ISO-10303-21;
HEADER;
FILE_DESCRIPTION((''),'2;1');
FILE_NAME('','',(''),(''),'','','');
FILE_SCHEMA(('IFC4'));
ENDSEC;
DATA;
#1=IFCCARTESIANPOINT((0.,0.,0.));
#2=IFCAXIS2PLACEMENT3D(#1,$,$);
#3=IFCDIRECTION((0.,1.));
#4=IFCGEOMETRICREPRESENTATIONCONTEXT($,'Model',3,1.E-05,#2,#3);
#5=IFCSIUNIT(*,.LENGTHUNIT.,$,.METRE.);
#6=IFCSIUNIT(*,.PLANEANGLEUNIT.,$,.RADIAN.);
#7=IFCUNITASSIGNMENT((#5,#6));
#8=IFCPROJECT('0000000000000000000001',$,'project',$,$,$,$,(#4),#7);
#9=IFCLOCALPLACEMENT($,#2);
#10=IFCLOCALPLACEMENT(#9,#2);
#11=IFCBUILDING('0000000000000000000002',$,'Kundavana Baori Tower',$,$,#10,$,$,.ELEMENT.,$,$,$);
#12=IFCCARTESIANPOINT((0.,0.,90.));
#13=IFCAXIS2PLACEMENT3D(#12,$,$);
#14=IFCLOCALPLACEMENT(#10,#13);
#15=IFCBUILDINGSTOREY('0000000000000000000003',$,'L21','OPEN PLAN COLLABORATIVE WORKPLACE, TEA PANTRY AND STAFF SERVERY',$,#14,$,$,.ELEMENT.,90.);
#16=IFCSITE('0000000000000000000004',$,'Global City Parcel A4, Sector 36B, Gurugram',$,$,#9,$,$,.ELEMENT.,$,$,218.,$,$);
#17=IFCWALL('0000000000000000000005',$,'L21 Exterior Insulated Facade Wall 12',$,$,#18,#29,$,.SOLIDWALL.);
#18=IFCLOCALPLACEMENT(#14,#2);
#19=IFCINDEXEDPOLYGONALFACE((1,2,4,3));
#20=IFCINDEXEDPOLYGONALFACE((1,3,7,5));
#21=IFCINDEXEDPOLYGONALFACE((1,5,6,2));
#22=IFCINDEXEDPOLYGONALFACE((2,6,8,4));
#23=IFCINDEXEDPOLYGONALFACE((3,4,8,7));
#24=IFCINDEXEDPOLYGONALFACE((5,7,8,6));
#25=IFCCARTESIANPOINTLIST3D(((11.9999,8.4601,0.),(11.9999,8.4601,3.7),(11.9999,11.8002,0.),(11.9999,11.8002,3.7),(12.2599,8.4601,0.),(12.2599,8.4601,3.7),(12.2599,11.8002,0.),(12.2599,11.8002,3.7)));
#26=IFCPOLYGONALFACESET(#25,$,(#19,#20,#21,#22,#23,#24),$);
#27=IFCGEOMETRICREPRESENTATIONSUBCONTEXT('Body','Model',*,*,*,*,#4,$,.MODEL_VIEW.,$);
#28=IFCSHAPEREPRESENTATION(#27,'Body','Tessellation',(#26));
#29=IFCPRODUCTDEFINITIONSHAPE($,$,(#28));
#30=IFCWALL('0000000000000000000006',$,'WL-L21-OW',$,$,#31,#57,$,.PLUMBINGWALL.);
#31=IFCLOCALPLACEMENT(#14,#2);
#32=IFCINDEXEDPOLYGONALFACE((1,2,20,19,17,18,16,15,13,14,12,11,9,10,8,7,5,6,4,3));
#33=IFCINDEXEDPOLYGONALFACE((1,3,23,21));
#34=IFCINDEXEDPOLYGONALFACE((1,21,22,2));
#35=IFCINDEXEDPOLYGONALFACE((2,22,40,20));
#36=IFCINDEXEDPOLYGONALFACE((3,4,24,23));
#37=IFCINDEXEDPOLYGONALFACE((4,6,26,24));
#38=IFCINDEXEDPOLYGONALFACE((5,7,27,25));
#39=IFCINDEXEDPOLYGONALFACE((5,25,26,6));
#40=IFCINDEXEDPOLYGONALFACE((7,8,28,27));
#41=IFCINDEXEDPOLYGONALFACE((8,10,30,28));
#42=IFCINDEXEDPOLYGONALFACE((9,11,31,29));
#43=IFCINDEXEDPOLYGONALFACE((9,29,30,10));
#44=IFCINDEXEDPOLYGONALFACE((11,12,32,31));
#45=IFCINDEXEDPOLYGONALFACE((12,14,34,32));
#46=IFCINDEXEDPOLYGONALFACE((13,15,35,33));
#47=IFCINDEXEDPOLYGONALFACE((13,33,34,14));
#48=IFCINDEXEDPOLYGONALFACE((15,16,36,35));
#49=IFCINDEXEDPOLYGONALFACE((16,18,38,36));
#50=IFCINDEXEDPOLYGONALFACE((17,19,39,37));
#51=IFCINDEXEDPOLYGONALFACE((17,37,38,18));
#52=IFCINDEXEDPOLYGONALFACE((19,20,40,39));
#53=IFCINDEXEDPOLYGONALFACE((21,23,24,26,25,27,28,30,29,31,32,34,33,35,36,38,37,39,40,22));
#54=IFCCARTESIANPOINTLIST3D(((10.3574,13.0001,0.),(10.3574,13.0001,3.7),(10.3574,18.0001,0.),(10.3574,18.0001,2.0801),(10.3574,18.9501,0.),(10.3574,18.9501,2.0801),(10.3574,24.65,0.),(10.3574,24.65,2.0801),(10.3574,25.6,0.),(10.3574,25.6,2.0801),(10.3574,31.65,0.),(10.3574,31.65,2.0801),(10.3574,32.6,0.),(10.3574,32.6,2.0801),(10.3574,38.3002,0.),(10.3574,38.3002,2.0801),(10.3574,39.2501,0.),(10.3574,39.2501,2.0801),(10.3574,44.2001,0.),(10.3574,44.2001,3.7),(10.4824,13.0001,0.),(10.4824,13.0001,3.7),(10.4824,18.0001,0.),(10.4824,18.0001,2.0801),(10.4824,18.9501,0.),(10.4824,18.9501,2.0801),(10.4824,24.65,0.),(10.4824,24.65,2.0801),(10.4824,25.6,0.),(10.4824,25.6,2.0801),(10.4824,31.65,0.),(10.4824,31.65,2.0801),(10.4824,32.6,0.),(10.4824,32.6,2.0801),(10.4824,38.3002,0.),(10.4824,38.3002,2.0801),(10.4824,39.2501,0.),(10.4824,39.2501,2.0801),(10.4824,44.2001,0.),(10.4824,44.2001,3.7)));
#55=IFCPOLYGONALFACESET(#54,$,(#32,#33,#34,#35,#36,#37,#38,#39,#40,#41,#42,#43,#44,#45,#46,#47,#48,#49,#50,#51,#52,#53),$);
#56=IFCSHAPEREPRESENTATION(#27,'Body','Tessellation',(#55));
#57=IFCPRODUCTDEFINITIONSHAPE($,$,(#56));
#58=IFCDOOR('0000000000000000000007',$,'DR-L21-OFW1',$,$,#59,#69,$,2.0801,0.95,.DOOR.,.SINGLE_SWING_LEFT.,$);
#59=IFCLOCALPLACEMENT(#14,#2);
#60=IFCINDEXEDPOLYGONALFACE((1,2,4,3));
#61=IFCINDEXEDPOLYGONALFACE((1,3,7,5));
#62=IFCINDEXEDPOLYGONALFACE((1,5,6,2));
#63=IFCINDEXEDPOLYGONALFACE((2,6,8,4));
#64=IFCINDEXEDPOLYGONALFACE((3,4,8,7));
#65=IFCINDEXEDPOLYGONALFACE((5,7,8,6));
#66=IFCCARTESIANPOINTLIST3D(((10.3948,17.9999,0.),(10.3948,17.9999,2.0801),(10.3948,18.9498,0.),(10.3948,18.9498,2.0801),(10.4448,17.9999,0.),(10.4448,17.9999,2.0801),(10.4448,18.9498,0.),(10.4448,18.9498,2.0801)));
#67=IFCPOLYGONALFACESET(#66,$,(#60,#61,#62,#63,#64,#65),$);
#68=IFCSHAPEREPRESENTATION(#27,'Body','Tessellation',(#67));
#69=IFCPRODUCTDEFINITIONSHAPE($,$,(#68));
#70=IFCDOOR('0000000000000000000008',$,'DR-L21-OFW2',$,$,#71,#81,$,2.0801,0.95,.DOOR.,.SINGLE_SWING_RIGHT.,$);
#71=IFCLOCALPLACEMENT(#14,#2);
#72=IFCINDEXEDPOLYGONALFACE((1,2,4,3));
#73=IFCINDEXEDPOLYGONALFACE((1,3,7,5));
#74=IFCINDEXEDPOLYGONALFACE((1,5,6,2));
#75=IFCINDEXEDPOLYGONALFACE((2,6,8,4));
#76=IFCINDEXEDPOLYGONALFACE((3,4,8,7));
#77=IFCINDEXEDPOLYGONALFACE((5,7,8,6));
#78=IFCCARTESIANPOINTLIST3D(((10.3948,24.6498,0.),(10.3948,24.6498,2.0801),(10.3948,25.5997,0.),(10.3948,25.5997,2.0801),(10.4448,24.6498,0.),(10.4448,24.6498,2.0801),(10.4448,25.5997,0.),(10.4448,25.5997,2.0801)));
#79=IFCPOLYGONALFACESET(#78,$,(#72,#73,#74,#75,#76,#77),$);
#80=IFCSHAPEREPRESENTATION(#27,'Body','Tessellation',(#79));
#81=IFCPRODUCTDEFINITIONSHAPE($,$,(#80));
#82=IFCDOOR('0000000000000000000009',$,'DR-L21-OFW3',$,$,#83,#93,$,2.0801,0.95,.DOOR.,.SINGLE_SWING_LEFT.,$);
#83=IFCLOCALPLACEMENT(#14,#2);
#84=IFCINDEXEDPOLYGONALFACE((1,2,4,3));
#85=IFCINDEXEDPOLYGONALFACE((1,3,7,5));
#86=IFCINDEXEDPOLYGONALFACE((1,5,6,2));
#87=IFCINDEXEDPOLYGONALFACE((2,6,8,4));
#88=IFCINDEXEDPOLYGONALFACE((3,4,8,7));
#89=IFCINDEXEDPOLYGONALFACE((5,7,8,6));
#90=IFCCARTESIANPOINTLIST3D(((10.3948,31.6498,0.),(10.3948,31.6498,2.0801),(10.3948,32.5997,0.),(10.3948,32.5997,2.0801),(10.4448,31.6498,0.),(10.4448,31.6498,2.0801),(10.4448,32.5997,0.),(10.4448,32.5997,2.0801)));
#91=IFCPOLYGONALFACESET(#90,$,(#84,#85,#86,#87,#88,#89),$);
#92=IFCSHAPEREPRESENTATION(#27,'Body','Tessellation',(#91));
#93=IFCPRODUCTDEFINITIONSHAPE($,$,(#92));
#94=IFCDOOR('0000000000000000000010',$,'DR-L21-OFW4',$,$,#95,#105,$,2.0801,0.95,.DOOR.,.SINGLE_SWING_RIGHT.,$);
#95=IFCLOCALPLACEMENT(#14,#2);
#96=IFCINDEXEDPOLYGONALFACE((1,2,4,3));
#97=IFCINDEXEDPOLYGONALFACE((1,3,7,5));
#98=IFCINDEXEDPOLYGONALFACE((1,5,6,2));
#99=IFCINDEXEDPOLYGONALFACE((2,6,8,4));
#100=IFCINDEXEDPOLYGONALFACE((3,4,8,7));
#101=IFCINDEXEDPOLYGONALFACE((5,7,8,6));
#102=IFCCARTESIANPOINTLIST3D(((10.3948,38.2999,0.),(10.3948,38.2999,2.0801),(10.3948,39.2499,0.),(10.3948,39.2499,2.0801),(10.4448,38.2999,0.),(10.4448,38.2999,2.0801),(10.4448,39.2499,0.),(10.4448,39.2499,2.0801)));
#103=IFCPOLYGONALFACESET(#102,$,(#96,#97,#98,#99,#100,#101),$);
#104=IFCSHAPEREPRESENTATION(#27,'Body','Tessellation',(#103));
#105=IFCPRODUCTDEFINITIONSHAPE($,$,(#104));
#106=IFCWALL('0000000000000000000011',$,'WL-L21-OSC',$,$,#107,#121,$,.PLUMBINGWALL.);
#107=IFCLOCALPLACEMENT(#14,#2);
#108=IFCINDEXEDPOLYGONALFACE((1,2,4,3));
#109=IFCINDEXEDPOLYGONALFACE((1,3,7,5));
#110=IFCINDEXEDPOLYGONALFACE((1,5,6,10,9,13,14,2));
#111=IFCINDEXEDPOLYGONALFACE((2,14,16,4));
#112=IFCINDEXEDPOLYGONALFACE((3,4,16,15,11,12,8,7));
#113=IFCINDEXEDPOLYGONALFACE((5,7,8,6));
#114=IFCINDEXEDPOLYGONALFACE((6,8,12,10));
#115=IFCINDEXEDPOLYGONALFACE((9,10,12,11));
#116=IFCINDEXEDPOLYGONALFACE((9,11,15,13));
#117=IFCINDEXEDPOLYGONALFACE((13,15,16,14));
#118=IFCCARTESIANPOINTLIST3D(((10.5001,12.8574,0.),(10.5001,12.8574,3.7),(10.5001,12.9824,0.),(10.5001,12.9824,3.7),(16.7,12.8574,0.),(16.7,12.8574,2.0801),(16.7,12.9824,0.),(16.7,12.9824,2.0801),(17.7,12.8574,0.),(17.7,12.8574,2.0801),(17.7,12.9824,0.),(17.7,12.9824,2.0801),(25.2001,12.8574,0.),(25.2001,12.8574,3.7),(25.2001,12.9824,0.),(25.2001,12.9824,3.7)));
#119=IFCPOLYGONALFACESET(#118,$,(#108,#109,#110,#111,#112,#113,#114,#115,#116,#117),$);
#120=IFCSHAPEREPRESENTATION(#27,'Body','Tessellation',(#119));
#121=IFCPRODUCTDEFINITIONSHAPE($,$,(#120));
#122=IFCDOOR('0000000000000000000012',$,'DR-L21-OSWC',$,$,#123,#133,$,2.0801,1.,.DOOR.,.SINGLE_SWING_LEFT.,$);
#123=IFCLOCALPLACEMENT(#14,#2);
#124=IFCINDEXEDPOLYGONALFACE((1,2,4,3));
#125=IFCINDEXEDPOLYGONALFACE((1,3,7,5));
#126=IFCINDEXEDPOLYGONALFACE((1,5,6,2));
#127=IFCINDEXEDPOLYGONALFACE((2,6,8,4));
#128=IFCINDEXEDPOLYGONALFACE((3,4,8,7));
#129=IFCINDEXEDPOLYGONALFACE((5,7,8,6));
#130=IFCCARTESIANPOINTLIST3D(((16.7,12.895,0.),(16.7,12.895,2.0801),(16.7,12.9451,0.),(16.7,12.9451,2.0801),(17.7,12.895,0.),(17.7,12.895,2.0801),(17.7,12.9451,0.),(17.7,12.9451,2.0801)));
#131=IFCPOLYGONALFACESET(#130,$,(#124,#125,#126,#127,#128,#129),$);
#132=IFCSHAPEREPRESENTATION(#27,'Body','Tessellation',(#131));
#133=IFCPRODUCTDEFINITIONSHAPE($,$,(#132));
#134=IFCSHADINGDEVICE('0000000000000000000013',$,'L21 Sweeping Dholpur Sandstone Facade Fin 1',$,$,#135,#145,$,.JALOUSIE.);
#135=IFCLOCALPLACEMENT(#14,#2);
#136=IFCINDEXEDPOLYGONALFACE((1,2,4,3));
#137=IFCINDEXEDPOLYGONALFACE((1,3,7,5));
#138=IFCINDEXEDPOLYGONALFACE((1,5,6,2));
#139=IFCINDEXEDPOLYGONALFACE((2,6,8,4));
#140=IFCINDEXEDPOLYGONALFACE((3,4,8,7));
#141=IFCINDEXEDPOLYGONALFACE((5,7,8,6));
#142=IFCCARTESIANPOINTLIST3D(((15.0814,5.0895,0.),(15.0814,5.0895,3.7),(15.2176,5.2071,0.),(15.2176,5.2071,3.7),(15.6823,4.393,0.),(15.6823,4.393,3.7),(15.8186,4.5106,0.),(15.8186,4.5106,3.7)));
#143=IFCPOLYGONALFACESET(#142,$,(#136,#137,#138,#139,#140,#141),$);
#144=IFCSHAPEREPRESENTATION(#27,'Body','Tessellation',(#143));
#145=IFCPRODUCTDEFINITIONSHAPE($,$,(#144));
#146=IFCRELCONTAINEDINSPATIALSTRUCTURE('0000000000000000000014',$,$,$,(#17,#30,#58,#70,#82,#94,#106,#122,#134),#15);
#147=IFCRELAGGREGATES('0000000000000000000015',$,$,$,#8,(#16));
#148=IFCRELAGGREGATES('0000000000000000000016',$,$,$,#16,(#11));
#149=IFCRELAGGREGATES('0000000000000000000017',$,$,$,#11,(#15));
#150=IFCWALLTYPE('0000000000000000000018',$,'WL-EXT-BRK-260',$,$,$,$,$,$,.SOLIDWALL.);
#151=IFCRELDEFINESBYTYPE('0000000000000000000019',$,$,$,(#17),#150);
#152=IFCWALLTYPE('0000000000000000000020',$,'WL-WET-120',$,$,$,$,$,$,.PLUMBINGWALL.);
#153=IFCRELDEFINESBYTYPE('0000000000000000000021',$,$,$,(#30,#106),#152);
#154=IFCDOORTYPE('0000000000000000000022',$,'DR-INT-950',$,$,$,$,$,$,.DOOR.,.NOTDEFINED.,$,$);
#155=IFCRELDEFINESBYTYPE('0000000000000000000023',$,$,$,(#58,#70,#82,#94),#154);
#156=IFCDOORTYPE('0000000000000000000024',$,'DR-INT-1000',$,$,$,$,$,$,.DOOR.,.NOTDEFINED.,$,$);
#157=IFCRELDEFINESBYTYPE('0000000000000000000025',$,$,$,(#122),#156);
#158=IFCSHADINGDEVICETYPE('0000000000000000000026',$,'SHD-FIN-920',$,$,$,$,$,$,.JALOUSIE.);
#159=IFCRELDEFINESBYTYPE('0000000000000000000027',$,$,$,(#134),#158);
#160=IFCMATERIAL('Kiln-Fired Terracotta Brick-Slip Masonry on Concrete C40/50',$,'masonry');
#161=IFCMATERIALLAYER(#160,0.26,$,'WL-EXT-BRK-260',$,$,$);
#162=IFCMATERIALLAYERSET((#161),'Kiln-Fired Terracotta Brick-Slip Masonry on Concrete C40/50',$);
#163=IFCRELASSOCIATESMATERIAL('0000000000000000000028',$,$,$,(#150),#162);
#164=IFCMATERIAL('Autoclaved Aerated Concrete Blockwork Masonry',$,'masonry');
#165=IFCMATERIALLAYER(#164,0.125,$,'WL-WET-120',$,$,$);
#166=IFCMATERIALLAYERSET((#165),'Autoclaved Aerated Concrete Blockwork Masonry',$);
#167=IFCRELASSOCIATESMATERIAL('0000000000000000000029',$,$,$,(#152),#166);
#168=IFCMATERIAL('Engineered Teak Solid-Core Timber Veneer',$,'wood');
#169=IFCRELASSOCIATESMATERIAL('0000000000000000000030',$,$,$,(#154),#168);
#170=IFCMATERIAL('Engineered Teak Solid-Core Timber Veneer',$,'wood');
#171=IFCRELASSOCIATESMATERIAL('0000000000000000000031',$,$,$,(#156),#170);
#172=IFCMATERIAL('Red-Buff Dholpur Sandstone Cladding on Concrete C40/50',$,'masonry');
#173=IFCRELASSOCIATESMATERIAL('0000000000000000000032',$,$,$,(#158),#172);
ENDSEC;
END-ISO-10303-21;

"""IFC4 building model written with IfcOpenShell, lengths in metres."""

from ifc_helpers import new_model, si_unit, direction, frame, frame_2d, origin, origin_2d, place, context, subcontext, project, spatial, rectangle, extrude, material, layer, layer_set, type_object, element, fill, save


model = new_model("IFC4")

# Units and contexts
model_context = context("Model", 3, precision=1e-05, world=origin(), true_north=direction((0.0, 1.0)))
body_context = subcontext(model_context, "Body", "Model", "MODEL_VIEW")
ifc_project = project(units=[si_unit("LENGTHUNIT", "METRE"), si_unit("PLANEANGLEUNIT", "RADIAN")], contexts=[model_context])

# Site, building, storey
site_placement = place(None, origin())
site = spatial("IfcSite", under=ifc_project, at=site_placement, Name="Global City Parcel A4, Sector 36B, Gurugram", CompositionType="ELEMENT", RefElevation=218.0)
building_placement = place(site_placement, origin())
building = spatial("IfcBuilding", under=site, at=building_placement, Name="Kundavana Baori Tower", CompositionType="ELEMENT")
storey_placement = place(building_placement, frame((0.0, 0.0, 90.0)))
storey = spatial("IfcBuildingStorey", under=building, at=storey_placement, Name="L21", Description="OPEN PLAN COLLABORATIVE WORKPLACE, TEA PANTRY AND STAFF SERVERY", CompositionType="ELEMENT", Elevation=90.0)

# Shared definitions
ifc_material_1 = material(Name="Kiln-Fired Terracotta Brick-Slip Masonry on Concrete C40/50", Category="masonry")
ifc_layer_1 = layer(ifc_material_1, 0.26, Name="WL-EXT-BRK-260")
ifc_layer_set_1 = layer_set([ifc_layer_1], Name="Kiln-Fired Terracotta Brick-Slip Masonry on Concrete C40/50")
wall_type_1 = type_object("IfcWallType", Name="WL-EXT-BRK-260", PredefinedType="SOLIDWALL", material=ifc_layer_set_1)

# Wall
wall_1_placement = place(storey_placement, frame((12.1299, 11.8, 0.0), z_axis=(0.0, 0.0, 1.0), x_axis=(0.0, -1.0, 0.0)))
element("IfcWall", 1, at=wall_1_placement, inside=storey, type_object=wall_type_1, Name="L21 Exterior Insulated Facade Wall 12", PredefinedType="SOLIDWALL", context=body_context, shape_type="SweptSolid", body=[
    extrude(rectangle(XDim=3.3401, YDim=0.26, at=frame_2d((1.6699, 0.0))), origin(), (0.0, 0.0, 1.0), 3.7),
])

# Wall, openings, doors
ifc_material_2 = material(Name="Autoclaved Aerated Concrete Blockwork Masonry", Category="masonry")
ifc_layer_2 = layer(ifc_material_2, 0.125, Name="WL-WET-120")
ifc_layer_set_2 = layer_set([ifc_layer_2], Name="Autoclaved Aerated Concrete Blockwork Masonry")
wall_type_2 = type_object("IfcWallType", Name="WL-WET-120", PredefinedType="PLUMBINGWALL", material=ifc_layer_set_2)
wall_2_placement = place(storey_placement, frame((10.4199, 13.0, 0.0), z_axis=(0.0, 0.0, 1.0), x_axis=(0.0, 1.0, 0.0)))
wall_2 = element("IfcWall", 2, at=wall_2_placement, inside=storey, type_object=wall_type_2, Name="WL-L21-OW", PredefinedType="PLUMBINGWALL", context=body_context, shape_type="SweptSolid", body=[
    extrude(rectangle(XDim=31.2, YDim=0.125, at=frame_2d((15.6001, 0.0))), origin(), (0.0, 0.0, 1.0), 3.7),
])
opening_1_placement = place(wall_2_placement, frame((5.0, 0.0, 0.0)))
opening_1 = element("IfcOpeningElement", 3, at=opening_1_placement, cuts=wall_2, PredefinedType="OPENING", context=body_context, shape_type="SweptSolid", body=[
    extrude(rectangle(XDim=0.95, YDim=2.0801, at=frame_2d((0.4751, 1.04))), frame((0.0, 0.0725, 0.0), z_axis=(0.0, -1.0, 0.0), x_axis=(1.0, 0.0, 0.0)), (0.0, 0.0, 1.0), 0.145),
])
opening_2_placement = place(wall_2_placement, frame((11.6499, 0.0, 0.0)))
opening_2 = element("IfcOpeningElement", 4, at=opening_2_placement, cuts=wall_2, PredefinedType="OPENING", context=body_context, shape_type="SweptSolid", body=[
    extrude(rectangle(XDim=0.95, YDim=2.0801, at=frame_2d((0.4751, 1.04))), frame((0.0, 0.0725, 0.0), z_axis=(0.0, -1.0, 0.0), x_axis=(1.0, 0.0, 0.0)), (0.0, 0.0, 1.0), 0.145),
])
opening_3_placement = place(wall_2_placement, frame((18.6499, 0.0, 0.0)))
opening_3 = element("IfcOpeningElement", 5, at=opening_3_placement, cuts=wall_2, PredefinedType="OPENING", context=body_context, shape_type="SweptSolid", body=[
    extrude(rectangle(XDim=0.95, YDim=2.0801, at=frame_2d((0.4751, 1.04))), frame((0.0, 0.0725, 0.0), z_axis=(0.0, -1.0, 0.0), x_axis=(1.0, 0.0, 0.0)), (0.0, 0.0, 1.0), 0.145),
])
opening_4_placement = place(wall_2_placement, frame((25.3, 0.0, 0.0)))
opening_4 = element("IfcOpeningElement", 6, at=opening_4_placement, cuts=wall_2, PredefinedType="OPENING", context=body_context, shape_type="SweptSolid", body=[
    extrude(rectangle(XDim=0.95, YDim=2.0801, at=frame_2d((0.4751, 1.04))), frame((0.0, 0.0725, 0.0), z_axis=(0.0, -1.0, 0.0), x_axis=(1.0, 0.0, 0.0)), (0.0, 0.0, 1.0), 0.145),
])
ifc_material_3 = material(Name="Engineered Teak Solid-Core Timber Veneer", Category="wood")
door_type_1 = type_object("IfcDoorType", Name="DR-INT-950", OperationType="NOTDEFINED", PredefinedType="DOOR", material=ifc_material_3)
door_1_placement = place(opening_1_placement, frame((0.95, 0.0, 0.0), z_axis=(0.0, 0.0, 1.0), x_axis=(-1.0, 0.0, 0.0)))
door_1 = element("IfcDoor", 7, at=door_1_placement, inside=storey, type_object=door_type_1, Name="DR-L21-OFW1", OperationType="SINGLE_SWING_LEFT", OverallHeight=2.0801, OverallWidth=0.95, PredefinedType="DOOR", context=body_context, shape_type="SweptSolid", body=[
    extrude(rectangle(XDim=0.95, YDim=2.0801, at=frame_2d((0.4751, 1.04))), frame((0.0, 0.0249, 0.0), z_axis=(0.0, -1.0, 0.0), x_axis=(1.0, 0.0, 0.0)), (0.0, 0.0, 1.0), 0.05),
])
fill(opening_1, door_1)
door_2_placement = place(opening_2_placement, frame((0.95, 0.0, 0.0), z_axis=(0.0, 0.0, 1.0), x_axis=(-1.0, 0.0, 0.0)))
door_2 = element("IfcDoor", 8, at=door_2_placement, inside=storey, type_object=door_type_1, Name="DR-L21-OFW2", OperationType="SINGLE_SWING_RIGHT", OverallHeight=2.0801, OverallWidth=0.95, PredefinedType="DOOR", context=body_context, shape_type="SweptSolid", body=[
    extrude(rectangle(XDim=0.95, YDim=2.0801, at=frame_2d((0.4751, 1.04))), frame((0.0, 0.0249, 0.0), z_axis=(0.0, -1.0, 0.0), x_axis=(1.0, 0.0, 0.0)), (0.0, 0.0, 1.0), 0.05),
])
fill(opening_2, door_2)
door_3_placement = place(opening_3_placement, frame((0.95, 0.0, 0.0), z_axis=(0.0, 0.0, 1.0), x_axis=(-1.0, 0.0, 0.0)))
door_3 = element("IfcDoor", 9, at=door_3_placement, inside=storey, type_object=door_type_1, Name="DR-L21-OFW3", OperationType="SINGLE_SWING_LEFT", OverallHeight=2.0801, OverallWidth=0.95, PredefinedType="DOOR", context=body_context, shape_type="SweptSolid", body=[
    extrude(rectangle(XDim=0.95, YDim=2.0801, at=frame_2d((0.4751, 1.04))), frame((0.0, 0.0249, 0.0), z_axis=(0.0, -1.0, 0.0), x_axis=(1.0, 0.0, 0.0)), (0.0, 0.0, 1.0), 0.05),
])
fill(opening_3, door_3)
door_4_placement = place(opening_4_placement, frame((0.95, 0.0, 0.0), z_axis=(0.0, 0.0, 1.0), x_axis=(-1.0, 0.0, 0.0)))
door_4 = element("IfcDoor", 10, at=door_4_placement, inside=storey, type_object=door_type_1, Name="DR-L21-OFW4", OperationType="SINGLE_SWING_RIGHT", OverallHeight=2.0801, OverallWidth=0.95, PredefinedType="DOOR", context=body_context, shape_type="SweptSolid", body=[
    extrude(rectangle(XDim=0.95, YDim=2.0801, at=frame_2d((0.4751, 1.04))), frame((0.0, 0.0249, 0.0), z_axis=(0.0, -1.0, 0.0), x_axis=(1.0, 0.0, 0.0)), (0.0, 0.0, 1.0), 0.05),
])
fill(opening_4, door_4)

# Wall, opening, door
wall_3_placement = place(storey_placement, frame((10.5, 12.9199, 0.0), z_axis=(0.0, 0.0, 1.0), x_axis=(1.0, 0.0, 0.0)))
wall_3 = element("IfcWall", 11, at=wall_3_placement, inside=storey, type_object=wall_type_2, Name="WL-L21-OSC", PredefinedType="PLUMBINGWALL", context=body_context, shape_type="SweptSolid", body=[
    extrude(rectangle(XDim=14.7, YDim=0.125, at=frame_2d((7.3501, 0.0))), origin(), (0.0, 0.0, 1.0), 3.7),
])
opening_5_placement = place(wall_3_placement, frame((6.2, 0.0, 0.0)))
opening_5 = element("IfcOpeningElement", 12, at=opening_5_placement, cuts=wall_3, PredefinedType="OPENING", context=body_context, shape_type="SweptSolid", body=[
    extrude(rectangle(XDim=1.0, YDim=2.0801, at=frame_2d((0.5, 1.04))), frame((0.0, 0.0725, 0.0), z_axis=(0.0, -1.0, 0.0), x_axis=(1.0, 0.0, 0.0)), (0.0, 0.0, 1.0), 0.145),
])
ifc_material_4 = material(Name="Engineered Teak Solid-Core Timber Veneer", Category="wood")
door_type_2 = type_object("IfcDoorType", Name="DR-INT-1000", OperationType="NOTDEFINED", PredefinedType="DOOR", material=ifc_material_4)
door_5_placement = place(opening_5_placement, frame((1.0, 0.0, 0.0), z_axis=(0.0, 0.0, 1.0), x_axis=(-1.0, 0.0, 0.0)))
door_5 = element("IfcDoor", 13, at=door_5_placement, inside=storey, type_object=door_type_2, Name="DR-L21-OSWC", OperationType="SINGLE_SWING_LEFT", OverallHeight=2.0801, OverallWidth=1.0, PredefinedType="DOOR", context=body_context, shape_type="SweptSolid", body=[
    extrude(rectangle(XDim=1.0, YDim=2.0801, at=frame_2d((0.5, 1.04))), frame((0.0, 0.0249, 0.0), z_axis=(0.0, -1.0, 0.0), x_axis=(1.0, 0.0, 0.0)), (0.0, 0.0, 1.0), 0.05),
])
fill(opening_5, door_5)

# Shading device
ifc_material_5 = material(Name="Red-Buff Dholpur Sandstone Cladding on Concrete C40/50", Category="masonry")
shading_device_type = type_object("IfcShadingDeviceType", Name="SHD-FIN-920", PredefinedType="JALOUSIE", material=ifc_material_5)
shading_device_placement = place(storey_placement, frame((15.45, 4.8, 0.0), z_axis=(0.0, 0.0, 1.0), x_axis=(0.757109, 0.653288, 0.0)))
element("IfcShadingDevice", 14, at=shading_device_placement, inside=storey, type_object=shading_device_type, Name="L21 Sweeping Dholpur Sandstone Facade Fin 1", PredefinedType="JALOUSIE", context=body_context, shape_type="SweptSolid", body=[
    extrude(rectangle(XDim=0.1799, YDim=0.9199, at=origin_2d()), origin(), (0.0, 0.0, 1.0), 3.7),
])

save(model, "model.ifc")
